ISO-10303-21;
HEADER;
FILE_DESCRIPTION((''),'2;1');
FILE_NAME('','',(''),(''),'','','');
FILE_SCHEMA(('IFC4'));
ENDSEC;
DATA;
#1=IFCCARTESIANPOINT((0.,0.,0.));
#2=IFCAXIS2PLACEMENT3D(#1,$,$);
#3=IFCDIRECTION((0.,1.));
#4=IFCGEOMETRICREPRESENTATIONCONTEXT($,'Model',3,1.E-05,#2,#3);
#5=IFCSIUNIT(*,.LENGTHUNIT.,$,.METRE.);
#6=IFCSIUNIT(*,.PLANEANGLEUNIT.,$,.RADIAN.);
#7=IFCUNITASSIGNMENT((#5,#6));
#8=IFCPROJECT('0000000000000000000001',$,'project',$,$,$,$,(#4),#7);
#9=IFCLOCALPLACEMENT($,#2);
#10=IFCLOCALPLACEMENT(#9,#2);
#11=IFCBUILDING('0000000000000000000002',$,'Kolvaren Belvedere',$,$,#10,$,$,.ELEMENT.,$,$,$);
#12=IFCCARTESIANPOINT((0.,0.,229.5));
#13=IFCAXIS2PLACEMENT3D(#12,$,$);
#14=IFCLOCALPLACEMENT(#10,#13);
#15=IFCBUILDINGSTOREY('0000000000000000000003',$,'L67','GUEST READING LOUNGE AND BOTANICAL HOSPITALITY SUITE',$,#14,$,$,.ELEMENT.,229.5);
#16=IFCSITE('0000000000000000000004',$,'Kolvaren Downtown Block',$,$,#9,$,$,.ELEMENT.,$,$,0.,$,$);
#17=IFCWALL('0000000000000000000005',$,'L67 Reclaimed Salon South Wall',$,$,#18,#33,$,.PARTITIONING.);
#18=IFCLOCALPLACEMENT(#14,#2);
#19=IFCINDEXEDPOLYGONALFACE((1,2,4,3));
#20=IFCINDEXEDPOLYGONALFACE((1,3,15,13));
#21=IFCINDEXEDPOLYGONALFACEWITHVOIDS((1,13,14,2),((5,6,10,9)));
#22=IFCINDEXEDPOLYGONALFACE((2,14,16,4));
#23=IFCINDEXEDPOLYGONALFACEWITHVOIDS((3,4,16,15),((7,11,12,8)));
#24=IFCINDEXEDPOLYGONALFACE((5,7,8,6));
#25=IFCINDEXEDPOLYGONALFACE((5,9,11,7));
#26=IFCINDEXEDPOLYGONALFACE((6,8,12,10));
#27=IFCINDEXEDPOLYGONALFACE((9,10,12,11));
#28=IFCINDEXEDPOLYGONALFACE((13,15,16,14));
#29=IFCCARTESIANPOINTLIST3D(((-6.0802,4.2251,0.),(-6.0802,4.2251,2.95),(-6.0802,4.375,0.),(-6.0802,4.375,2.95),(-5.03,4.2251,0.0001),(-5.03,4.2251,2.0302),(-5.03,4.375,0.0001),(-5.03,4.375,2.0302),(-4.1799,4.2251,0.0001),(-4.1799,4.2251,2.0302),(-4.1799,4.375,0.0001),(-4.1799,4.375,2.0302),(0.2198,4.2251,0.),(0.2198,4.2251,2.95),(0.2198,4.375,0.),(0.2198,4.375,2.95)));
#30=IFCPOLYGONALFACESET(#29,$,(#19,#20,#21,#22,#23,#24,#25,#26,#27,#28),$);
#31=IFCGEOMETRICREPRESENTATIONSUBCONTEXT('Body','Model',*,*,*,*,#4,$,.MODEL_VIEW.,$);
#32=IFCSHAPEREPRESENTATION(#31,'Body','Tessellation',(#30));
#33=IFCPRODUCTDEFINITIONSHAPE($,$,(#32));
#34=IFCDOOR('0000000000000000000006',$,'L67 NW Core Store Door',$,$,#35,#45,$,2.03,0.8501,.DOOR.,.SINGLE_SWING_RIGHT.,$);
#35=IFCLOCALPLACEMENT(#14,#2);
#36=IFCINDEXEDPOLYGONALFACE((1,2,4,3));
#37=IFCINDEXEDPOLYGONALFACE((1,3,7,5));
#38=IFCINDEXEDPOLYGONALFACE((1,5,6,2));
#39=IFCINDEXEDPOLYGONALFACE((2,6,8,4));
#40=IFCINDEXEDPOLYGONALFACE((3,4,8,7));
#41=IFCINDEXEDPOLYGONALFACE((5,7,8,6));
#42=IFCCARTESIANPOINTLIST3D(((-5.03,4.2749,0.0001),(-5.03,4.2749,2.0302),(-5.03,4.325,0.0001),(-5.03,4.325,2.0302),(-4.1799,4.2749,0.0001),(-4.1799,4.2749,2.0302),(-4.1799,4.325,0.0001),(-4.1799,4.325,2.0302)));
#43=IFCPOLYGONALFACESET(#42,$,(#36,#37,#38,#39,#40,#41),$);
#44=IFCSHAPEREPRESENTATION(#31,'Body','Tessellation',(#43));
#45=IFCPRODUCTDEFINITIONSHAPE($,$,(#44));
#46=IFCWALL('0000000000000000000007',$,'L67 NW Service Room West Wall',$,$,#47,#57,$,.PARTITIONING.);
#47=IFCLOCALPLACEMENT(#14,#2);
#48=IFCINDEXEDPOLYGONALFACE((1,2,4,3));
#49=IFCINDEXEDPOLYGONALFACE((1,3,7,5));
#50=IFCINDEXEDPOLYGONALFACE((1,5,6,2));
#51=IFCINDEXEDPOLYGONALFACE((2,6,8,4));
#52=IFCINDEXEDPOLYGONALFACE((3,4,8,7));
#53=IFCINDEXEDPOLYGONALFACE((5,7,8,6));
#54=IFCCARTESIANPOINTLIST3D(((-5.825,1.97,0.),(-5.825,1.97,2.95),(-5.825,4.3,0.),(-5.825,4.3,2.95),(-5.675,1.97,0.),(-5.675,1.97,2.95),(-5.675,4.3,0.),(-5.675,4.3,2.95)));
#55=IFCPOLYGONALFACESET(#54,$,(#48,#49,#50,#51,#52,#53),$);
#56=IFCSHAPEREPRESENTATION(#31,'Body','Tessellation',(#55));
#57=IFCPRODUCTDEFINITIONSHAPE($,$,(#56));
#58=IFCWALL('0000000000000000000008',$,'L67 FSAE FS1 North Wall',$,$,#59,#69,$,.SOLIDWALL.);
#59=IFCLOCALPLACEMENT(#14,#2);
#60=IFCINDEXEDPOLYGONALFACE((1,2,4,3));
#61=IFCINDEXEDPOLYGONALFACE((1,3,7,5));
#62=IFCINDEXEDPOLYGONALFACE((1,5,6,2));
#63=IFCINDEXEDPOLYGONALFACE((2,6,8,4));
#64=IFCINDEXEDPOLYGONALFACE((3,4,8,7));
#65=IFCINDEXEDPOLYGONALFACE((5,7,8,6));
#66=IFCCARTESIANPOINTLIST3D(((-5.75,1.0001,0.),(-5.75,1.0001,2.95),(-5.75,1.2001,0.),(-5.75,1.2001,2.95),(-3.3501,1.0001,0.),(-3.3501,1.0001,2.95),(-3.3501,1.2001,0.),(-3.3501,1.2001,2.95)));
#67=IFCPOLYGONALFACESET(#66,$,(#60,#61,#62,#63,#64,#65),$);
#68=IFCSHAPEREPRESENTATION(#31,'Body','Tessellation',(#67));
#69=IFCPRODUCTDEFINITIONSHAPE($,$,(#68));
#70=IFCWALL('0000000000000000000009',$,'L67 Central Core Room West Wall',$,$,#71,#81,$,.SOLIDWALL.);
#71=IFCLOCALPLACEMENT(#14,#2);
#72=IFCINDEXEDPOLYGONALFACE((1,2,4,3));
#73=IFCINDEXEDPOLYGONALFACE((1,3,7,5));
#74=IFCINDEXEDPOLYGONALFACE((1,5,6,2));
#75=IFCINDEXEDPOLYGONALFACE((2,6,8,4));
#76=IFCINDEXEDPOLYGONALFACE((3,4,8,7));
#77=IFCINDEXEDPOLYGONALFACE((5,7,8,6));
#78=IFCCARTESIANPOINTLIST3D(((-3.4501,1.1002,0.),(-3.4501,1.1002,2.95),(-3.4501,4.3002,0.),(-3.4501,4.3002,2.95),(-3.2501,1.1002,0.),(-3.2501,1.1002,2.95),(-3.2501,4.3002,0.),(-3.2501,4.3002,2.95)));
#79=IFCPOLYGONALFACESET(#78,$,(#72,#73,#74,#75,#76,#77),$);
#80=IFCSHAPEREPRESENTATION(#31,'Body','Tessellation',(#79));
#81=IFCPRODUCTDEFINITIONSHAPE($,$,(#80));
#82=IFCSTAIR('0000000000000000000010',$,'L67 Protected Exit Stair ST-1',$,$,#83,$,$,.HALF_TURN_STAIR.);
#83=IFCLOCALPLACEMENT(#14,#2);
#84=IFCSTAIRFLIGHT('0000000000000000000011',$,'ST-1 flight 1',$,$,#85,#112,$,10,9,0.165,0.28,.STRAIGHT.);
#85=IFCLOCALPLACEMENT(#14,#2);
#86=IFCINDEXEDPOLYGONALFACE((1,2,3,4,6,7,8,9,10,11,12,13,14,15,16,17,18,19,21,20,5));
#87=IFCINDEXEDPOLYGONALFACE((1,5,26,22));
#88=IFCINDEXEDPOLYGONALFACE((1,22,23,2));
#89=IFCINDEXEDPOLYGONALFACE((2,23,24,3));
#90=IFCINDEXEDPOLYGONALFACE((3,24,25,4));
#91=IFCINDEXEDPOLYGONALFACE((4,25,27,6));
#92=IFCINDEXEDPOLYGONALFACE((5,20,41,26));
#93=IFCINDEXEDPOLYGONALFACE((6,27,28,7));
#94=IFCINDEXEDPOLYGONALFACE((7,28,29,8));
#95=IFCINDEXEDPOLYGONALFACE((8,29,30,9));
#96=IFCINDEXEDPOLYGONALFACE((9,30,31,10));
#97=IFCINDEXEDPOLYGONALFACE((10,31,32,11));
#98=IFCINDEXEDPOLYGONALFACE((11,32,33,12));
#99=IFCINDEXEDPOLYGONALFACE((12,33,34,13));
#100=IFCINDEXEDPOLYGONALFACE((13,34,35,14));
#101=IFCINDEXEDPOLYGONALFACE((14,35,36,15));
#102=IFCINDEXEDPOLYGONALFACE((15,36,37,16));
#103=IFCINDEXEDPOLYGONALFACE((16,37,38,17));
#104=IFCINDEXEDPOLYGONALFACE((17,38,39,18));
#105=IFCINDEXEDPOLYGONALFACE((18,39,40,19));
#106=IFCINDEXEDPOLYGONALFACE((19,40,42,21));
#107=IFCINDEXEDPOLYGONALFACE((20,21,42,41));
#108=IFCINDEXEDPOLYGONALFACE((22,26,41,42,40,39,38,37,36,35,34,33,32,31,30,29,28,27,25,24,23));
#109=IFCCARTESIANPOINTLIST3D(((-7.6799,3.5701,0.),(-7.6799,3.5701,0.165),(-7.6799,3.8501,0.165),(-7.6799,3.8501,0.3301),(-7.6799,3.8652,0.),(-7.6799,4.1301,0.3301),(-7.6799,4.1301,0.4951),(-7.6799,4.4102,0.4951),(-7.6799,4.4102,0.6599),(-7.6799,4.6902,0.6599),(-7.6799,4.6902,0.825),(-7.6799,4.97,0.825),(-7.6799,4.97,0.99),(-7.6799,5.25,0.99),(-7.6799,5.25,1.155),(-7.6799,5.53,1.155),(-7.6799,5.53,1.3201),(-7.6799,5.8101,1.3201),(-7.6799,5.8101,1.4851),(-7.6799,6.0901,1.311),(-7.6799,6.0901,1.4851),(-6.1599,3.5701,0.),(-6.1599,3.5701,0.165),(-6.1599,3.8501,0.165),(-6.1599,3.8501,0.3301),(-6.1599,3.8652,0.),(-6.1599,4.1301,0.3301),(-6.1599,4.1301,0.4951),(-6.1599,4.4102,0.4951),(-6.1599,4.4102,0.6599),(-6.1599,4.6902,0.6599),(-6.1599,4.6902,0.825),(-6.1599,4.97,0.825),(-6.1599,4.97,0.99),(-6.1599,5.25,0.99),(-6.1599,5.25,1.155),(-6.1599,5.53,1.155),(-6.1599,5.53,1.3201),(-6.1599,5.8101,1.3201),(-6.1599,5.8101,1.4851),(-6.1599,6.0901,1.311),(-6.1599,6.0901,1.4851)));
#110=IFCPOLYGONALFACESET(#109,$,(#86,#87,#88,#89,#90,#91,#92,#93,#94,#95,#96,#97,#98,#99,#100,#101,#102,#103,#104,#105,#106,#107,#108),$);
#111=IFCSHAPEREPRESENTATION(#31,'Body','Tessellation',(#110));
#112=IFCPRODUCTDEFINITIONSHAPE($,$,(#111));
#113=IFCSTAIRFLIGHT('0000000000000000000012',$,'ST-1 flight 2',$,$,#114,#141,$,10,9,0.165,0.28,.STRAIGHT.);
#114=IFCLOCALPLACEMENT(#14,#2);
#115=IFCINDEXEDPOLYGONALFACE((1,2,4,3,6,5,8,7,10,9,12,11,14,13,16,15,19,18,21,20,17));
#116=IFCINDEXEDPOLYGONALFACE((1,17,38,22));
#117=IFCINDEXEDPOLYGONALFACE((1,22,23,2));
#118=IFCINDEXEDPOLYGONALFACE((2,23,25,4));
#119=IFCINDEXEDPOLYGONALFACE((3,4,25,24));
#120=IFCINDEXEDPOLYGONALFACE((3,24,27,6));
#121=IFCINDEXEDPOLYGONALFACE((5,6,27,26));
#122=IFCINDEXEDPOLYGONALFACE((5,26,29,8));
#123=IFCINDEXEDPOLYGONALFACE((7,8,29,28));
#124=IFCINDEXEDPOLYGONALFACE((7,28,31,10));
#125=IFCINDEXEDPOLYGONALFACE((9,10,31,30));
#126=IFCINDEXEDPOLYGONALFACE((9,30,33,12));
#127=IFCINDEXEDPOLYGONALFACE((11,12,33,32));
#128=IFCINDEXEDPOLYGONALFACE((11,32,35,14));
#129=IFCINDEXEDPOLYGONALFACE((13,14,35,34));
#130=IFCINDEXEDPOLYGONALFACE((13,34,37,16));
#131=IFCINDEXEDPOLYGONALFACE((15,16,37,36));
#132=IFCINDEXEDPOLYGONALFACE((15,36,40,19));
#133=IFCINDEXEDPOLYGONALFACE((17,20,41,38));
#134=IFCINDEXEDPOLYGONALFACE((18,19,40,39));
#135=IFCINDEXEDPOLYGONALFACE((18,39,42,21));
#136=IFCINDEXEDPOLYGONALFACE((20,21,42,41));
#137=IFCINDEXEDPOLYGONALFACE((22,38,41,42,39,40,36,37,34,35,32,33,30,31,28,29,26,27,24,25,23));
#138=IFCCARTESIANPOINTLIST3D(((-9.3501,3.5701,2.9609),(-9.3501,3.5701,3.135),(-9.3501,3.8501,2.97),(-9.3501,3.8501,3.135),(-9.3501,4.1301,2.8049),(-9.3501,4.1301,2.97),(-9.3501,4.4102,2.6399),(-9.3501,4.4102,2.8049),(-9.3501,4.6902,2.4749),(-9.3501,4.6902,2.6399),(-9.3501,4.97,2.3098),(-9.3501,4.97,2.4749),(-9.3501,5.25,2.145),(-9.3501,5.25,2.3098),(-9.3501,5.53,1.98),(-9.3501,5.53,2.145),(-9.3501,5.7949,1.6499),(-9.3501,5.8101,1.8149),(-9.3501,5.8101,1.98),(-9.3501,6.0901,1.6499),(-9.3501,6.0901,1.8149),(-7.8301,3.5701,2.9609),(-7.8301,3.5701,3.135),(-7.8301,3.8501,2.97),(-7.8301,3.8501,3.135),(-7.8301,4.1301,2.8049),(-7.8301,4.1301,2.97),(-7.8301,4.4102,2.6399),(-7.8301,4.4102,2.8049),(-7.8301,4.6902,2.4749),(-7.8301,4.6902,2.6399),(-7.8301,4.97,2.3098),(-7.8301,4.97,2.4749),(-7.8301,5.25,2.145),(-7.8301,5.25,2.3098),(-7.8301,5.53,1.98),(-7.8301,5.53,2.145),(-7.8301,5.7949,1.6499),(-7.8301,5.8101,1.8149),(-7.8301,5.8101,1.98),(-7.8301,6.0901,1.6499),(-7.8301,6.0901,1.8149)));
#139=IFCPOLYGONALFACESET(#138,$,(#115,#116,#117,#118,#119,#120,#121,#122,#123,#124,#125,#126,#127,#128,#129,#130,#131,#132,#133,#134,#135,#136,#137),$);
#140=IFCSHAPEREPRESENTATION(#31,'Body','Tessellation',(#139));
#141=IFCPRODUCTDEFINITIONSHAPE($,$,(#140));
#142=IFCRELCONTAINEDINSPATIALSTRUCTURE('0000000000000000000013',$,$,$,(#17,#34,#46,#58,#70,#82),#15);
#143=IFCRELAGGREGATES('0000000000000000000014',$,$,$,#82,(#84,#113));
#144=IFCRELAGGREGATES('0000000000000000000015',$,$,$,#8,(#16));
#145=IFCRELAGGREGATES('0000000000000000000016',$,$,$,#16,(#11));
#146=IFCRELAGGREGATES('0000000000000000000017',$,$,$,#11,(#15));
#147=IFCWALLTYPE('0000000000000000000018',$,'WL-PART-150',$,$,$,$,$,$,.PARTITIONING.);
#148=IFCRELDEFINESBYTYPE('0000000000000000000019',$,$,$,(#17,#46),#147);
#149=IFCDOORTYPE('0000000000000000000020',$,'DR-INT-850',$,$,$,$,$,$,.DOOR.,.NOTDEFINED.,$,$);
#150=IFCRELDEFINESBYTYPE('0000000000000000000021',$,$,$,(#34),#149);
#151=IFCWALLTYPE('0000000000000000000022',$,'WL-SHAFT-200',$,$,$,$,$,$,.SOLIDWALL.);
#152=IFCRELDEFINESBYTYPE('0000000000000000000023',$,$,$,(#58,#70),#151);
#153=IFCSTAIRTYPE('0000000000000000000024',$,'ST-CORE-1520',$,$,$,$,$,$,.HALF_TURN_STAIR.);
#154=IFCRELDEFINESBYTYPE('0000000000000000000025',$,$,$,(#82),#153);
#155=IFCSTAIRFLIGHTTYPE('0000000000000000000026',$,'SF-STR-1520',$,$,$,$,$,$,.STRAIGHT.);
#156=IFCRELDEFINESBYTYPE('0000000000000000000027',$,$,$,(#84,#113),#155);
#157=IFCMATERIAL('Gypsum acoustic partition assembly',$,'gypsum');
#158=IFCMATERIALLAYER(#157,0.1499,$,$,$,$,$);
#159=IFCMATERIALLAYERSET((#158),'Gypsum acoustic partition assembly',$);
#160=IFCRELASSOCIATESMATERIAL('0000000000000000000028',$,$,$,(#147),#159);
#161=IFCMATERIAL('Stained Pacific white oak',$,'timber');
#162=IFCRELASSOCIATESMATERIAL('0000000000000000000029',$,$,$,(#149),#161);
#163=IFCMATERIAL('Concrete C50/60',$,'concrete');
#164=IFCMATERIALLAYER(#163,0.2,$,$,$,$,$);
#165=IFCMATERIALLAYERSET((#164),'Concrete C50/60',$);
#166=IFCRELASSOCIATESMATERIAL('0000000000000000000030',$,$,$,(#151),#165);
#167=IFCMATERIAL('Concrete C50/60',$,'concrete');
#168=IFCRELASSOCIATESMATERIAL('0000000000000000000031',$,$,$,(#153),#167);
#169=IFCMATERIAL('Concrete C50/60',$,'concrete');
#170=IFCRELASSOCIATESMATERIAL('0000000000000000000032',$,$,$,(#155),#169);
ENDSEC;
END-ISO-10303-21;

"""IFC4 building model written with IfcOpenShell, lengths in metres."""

from ifc_helpers import new_model, si_unit, direction, frame, frame_2d, origin, place, context, subcontext, project, spatial, polyline, rectangle, outline, extrude, material, layer, layer_set, type_object, element, fill, aggregate, save


model = new_model("IFC4")

# Units and contexts
model_context = context("Model", 3, precision=1e-05, world=origin(), true_north=direction((0.0, 1.0)))
body_context = subcontext(model_context, "Body", "Model", "MODEL_VIEW")
ifc_project = project(units=[si_unit("LENGTHUNIT", "METRE"), si_unit("PLANEANGLEUNIT", "RADIAN")], contexts=[model_context])

# Site, building, storey
site_placement = place(None, origin())
site = spatial("IfcSite", under=ifc_project, at=site_placement, Name="Kolvaren Downtown Block", CompositionType="ELEMENT", RefElevation=0.0)
building_placement = place(site_placement, origin())
building = spatial("IfcBuilding", under=site, at=building_placement, Name="Kolvaren Belvedere", CompositionType="ELEMENT")
storey_placement = place(building_placement, frame((0.0, 0.0, 229.5)))
storey = spatial("IfcBuildingStorey", under=building, at=storey_placement, Name="L67", Description="GUEST READING LOUNGE AND BOTANICAL HOSPITALITY SUITE", CompositionType="ELEMENT", Elevation=229.5)

# Wall, opening, door
ifc_material_1 = material(Name="Gypsum acoustic partition assembly", Category="gypsum")
ifc_layer_1 = layer(ifc_material_1, 0.1499)
ifc_layer_set_1 = layer_set([ifc_layer_1], Name="Gypsum acoustic partition assembly")
wall_type_1 = type_object("IfcWallType", Name="WL-PART-150", PredefinedType="PARTITIONING", material=ifc_layer_set_1)
wall_1_placement = place(storey_placement, frame((-6.0801, 4.3, 0.0), z_axis=(0.0, 0.0, 1.0), x_axis=(1.0, 0.0, 0.0)))
wall_1 = element("IfcWall", 1, at=wall_1_placement, inside=storey, type_object=wall_type_1, Name="L67 Reclaimed Salon South Wall", PredefinedType="PARTITIONING", context=body_context, shape_type="SweptSolid", body=[
    extrude(rectangle(XDim=6.3, YDim=0.1499, at=frame_2d((3.1499, 0.0))), origin(), (0.0, 0.0, 1.0), 2.95),
])
opening_1_placement = place(wall_1_placement, frame((1.05, 0.0, 0.0)))
opening_1 = element("IfcOpeningElement", 2, at=opening_1_placement, cuts=wall_1, PredefinedType="OPENING", context=body_context, shape_type="SweptSolid", body=[
    extrude(rectangle(XDim=0.8501, YDim=2.03, at=frame_2d((0.425, 1.0151))), frame((0.0, 0.085, 0.0), z_axis=(0.0, -1.0, 0.0), x_axis=(1.0, 0.0, 0.0)), (0.0, 0.0, 1.0), 0.1699),
])
ifc_material_2 = material(Name="Stained Pacific white oak", Category="timber")
door_type_1 = type_object("IfcDoorType", Name="DR-INT-850", OperationType="NOTDEFINED", PredefinedType="DOOR", material=ifc_material_2)
door_1_placement = place(opening_1_placement, origin())
door_1 = element("IfcDoor", 3, at=door_1_placement, inside=storey, type_object=door_type_1, Name="L67 NW Core Store Door", OperationType="SINGLE_SWING_RIGHT", OverallHeight=2.03, OverallWidth=0.8501, PredefinedType="DOOR", context=body_context, shape_type="SweptSolid", body=[
    extrude(rectangle(XDim=0.8501, YDim=2.03, at=frame_2d((0.425, 1.0151))), frame((0.0, 0.0249, 0.0), z_axis=(0.0, -1.0, 0.0), x_axis=(1.0, 0.0, 0.0)), (0.0, 0.0, 1.0), 0.05),
])
fill(opening_1, door_1)

# Walls
wall_2_placement = place(storey_placement, frame((-5.75, 1.97, 0.0), z_axis=(0.0, 0.0, 1.0), x_axis=(0.0, 1.0, 0.0)))
element("IfcWall", 4, at=wall_2_placement, inside=storey, type_object=wall_type_1, Name="L67 NW Service Room West Wall", PredefinedType="PARTITIONING", context=body_context, shape_type="SweptSolid", body=[
    extrude(rectangle(XDim=2.3301, YDim=0.1499, at=frame_2d((1.165, 0.0))), origin(), (0.0, 0.0, 1.0), 2.95),
])
ifc_material_3 = material(Name="Concrete C50/60", Category="concrete")
ifc_layer_2 = layer(ifc_material_3, 0.2)
ifc_layer_set_2 = layer_set([ifc_layer_2], Name="Concrete C50/60")
wall_type_2 = type_object("IfcWallType", Name="WL-SHAFT-200", PredefinedType="SOLIDWALL", material=ifc_layer_set_2)
wall_3_placement = place(storey_placement, frame((-5.75, 1.1001, 0.0), z_axis=(0.0, 0.0, 1.0), x_axis=(1.0, 0.0, 0.0)))
element("IfcWall", 5, at=wall_3_placement, inside=storey, type_object=wall_type_2, Name="L67 FSAE FS1 North Wall", PredefinedType="SOLIDWALL", context=body_context, shape_type="SweptSolid", body=[
    extrude(rectangle(XDim=2.3999, YDim=0.2, at=frame_2d((1.2, 0.0))), origin(), (0.0, 0.0, 1.0), 2.95),
])
wall_4_placement = place(storey_placement, frame((-3.3501, 1.1001, 0.0), z_axis=(0.0, 0.0, 1.0), x_axis=(0.0, 1.0, 0.0)))
element("IfcWall", 6, at=wall_4_placement, inside=storey, type_object=wall_type_2, Name="L67 Central Core Room West Wall", PredefinedType="SOLIDWALL", context=body_context, shape_type="SweptSolid", body=[
    extrude(rectangle(XDim=3.2, YDim=0.2, at=frame_2d((1.6001, 0.0))), origin(), (0.0, 0.0, 1.0), 2.95),
])

# Stair, stair flights
ifc_material_4 = material(Name="Concrete C50/60", Category="concrete")
stair_type = type_object("IfcStairType", Name="ST-CORE-1520", PredefinedType="HALF_TURN_STAIR", material=ifc_material_4)
stair_placement = place(storey_placement, origin())
stair = element("IfcStair", 7, at=stair_placement, inside=storey, type_object=stair_type, Name="L67 Protected Exit Stair ST-1", PredefinedType="HALF_TURN_STAIR")
ifc_material_5 = material(Name="Concrete C50/60", Category="concrete")
stair_flight_type = type_object("IfcStairFlightType", Name="SF-STR-1520", PredefinedType="STRAIGHT", material=ifc_material_5)
stair_flight_1_placement = place(storey_placement, frame((-6.9199, 3.5701, 0.0), z_axis=(0.0, 0.0, 1.0), x_axis=(0.0, 1.0, 0.0)))
stair_flight_1 = element("IfcStairFlight", 8, at=stair_flight_1_placement, type_object=stair_flight_type, Name="ST-1 flight 1", NumberOfRisers=10, NumberOfTreads=9, PredefinedType="STRAIGHT", RiserHeight=0.165, TreadLength=0.28, context=body_context, shape_type="SweptSolid", body=[
    extrude(outline(polyline([(0.0, 0.0), (0.0, 0.165), (0.28, 0.165), (0.28, 0.3301), (0.5601, 0.3301), (0.5601, 0.4951), (0.8401, 0.4951), (0.8401, 0.6599), (1.1201, 0.6599), (1.1201, 0.825), (1.3999, 0.825), (1.3999, 0.99), (1.6799, 0.99), (1.6799, 1.155), (1.96, 1.155), (1.96, 1.3201), (2.24, 1.3201), (2.24, 1.4851), (2.52, 1.4851), (2.52, 1.6499), (2.52, 1.311), (0.2952, 0.0), (0.0, 0.0)])), frame((0.0, 0.76, 0.0), z_axis=(0.0, -1.0, 0.0), x_axis=(1.0, 0.0, 0.0)), (0.0, 0.0, 1.0), 1.52),
])
stair_flight_2_placement = place(storey_placement, frame((-8.5901, 6.0901, 1.6499), z_axis=(0.0, 0.0, 1.0), x_axis=(0.0, -1.0, 0.0)))
stair_flight_2 = element("IfcStairFlight", 9, at=stair_flight_2_placement, type_object=stair_flight_type, Name="ST-1 flight 2", NumberOfRisers=10, NumberOfTreads=9, PredefinedType="STRAIGHT", RiserHeight=0.165, TreadLength=0.28, context=body_context, shape_type="SweptSolid", body=[
    extrude(outline(polyline([(0.0, 0.0), (0.0, 0.165), (0.28, 0.165), (0.28, 0.3301), (0.5601, 0.3301), (0.5601, 0.4951), (0.8401, 0.4951), (0.8401, 0.6599), (1.1201, 0.6599), (1.1201, 0.825), (1.3999, 0.825), (1.3999, 0.99), (1.6799, 0.99), (1.6799, 1.155), (1.96, 1.155), (1.96, 1.3201), (2.24, 1.3201), (2.24, 1.4851), (2.52, 1.4851), (2.52, 1.6499), (2.52, 1.311), (0.2952, 0.0), (0.0, 0.0)])), frame((0.0, 0.76, 0.0), z_axis=(0.0, -1.0, 0.0), x_axis=(1.0, 0.0, 0.0)), (0.0, 0.0, 1.0), 1.52),
])
aggregate(stair, [stair_flight_1, stair_flight_2])

save(model, "model.ifc")
